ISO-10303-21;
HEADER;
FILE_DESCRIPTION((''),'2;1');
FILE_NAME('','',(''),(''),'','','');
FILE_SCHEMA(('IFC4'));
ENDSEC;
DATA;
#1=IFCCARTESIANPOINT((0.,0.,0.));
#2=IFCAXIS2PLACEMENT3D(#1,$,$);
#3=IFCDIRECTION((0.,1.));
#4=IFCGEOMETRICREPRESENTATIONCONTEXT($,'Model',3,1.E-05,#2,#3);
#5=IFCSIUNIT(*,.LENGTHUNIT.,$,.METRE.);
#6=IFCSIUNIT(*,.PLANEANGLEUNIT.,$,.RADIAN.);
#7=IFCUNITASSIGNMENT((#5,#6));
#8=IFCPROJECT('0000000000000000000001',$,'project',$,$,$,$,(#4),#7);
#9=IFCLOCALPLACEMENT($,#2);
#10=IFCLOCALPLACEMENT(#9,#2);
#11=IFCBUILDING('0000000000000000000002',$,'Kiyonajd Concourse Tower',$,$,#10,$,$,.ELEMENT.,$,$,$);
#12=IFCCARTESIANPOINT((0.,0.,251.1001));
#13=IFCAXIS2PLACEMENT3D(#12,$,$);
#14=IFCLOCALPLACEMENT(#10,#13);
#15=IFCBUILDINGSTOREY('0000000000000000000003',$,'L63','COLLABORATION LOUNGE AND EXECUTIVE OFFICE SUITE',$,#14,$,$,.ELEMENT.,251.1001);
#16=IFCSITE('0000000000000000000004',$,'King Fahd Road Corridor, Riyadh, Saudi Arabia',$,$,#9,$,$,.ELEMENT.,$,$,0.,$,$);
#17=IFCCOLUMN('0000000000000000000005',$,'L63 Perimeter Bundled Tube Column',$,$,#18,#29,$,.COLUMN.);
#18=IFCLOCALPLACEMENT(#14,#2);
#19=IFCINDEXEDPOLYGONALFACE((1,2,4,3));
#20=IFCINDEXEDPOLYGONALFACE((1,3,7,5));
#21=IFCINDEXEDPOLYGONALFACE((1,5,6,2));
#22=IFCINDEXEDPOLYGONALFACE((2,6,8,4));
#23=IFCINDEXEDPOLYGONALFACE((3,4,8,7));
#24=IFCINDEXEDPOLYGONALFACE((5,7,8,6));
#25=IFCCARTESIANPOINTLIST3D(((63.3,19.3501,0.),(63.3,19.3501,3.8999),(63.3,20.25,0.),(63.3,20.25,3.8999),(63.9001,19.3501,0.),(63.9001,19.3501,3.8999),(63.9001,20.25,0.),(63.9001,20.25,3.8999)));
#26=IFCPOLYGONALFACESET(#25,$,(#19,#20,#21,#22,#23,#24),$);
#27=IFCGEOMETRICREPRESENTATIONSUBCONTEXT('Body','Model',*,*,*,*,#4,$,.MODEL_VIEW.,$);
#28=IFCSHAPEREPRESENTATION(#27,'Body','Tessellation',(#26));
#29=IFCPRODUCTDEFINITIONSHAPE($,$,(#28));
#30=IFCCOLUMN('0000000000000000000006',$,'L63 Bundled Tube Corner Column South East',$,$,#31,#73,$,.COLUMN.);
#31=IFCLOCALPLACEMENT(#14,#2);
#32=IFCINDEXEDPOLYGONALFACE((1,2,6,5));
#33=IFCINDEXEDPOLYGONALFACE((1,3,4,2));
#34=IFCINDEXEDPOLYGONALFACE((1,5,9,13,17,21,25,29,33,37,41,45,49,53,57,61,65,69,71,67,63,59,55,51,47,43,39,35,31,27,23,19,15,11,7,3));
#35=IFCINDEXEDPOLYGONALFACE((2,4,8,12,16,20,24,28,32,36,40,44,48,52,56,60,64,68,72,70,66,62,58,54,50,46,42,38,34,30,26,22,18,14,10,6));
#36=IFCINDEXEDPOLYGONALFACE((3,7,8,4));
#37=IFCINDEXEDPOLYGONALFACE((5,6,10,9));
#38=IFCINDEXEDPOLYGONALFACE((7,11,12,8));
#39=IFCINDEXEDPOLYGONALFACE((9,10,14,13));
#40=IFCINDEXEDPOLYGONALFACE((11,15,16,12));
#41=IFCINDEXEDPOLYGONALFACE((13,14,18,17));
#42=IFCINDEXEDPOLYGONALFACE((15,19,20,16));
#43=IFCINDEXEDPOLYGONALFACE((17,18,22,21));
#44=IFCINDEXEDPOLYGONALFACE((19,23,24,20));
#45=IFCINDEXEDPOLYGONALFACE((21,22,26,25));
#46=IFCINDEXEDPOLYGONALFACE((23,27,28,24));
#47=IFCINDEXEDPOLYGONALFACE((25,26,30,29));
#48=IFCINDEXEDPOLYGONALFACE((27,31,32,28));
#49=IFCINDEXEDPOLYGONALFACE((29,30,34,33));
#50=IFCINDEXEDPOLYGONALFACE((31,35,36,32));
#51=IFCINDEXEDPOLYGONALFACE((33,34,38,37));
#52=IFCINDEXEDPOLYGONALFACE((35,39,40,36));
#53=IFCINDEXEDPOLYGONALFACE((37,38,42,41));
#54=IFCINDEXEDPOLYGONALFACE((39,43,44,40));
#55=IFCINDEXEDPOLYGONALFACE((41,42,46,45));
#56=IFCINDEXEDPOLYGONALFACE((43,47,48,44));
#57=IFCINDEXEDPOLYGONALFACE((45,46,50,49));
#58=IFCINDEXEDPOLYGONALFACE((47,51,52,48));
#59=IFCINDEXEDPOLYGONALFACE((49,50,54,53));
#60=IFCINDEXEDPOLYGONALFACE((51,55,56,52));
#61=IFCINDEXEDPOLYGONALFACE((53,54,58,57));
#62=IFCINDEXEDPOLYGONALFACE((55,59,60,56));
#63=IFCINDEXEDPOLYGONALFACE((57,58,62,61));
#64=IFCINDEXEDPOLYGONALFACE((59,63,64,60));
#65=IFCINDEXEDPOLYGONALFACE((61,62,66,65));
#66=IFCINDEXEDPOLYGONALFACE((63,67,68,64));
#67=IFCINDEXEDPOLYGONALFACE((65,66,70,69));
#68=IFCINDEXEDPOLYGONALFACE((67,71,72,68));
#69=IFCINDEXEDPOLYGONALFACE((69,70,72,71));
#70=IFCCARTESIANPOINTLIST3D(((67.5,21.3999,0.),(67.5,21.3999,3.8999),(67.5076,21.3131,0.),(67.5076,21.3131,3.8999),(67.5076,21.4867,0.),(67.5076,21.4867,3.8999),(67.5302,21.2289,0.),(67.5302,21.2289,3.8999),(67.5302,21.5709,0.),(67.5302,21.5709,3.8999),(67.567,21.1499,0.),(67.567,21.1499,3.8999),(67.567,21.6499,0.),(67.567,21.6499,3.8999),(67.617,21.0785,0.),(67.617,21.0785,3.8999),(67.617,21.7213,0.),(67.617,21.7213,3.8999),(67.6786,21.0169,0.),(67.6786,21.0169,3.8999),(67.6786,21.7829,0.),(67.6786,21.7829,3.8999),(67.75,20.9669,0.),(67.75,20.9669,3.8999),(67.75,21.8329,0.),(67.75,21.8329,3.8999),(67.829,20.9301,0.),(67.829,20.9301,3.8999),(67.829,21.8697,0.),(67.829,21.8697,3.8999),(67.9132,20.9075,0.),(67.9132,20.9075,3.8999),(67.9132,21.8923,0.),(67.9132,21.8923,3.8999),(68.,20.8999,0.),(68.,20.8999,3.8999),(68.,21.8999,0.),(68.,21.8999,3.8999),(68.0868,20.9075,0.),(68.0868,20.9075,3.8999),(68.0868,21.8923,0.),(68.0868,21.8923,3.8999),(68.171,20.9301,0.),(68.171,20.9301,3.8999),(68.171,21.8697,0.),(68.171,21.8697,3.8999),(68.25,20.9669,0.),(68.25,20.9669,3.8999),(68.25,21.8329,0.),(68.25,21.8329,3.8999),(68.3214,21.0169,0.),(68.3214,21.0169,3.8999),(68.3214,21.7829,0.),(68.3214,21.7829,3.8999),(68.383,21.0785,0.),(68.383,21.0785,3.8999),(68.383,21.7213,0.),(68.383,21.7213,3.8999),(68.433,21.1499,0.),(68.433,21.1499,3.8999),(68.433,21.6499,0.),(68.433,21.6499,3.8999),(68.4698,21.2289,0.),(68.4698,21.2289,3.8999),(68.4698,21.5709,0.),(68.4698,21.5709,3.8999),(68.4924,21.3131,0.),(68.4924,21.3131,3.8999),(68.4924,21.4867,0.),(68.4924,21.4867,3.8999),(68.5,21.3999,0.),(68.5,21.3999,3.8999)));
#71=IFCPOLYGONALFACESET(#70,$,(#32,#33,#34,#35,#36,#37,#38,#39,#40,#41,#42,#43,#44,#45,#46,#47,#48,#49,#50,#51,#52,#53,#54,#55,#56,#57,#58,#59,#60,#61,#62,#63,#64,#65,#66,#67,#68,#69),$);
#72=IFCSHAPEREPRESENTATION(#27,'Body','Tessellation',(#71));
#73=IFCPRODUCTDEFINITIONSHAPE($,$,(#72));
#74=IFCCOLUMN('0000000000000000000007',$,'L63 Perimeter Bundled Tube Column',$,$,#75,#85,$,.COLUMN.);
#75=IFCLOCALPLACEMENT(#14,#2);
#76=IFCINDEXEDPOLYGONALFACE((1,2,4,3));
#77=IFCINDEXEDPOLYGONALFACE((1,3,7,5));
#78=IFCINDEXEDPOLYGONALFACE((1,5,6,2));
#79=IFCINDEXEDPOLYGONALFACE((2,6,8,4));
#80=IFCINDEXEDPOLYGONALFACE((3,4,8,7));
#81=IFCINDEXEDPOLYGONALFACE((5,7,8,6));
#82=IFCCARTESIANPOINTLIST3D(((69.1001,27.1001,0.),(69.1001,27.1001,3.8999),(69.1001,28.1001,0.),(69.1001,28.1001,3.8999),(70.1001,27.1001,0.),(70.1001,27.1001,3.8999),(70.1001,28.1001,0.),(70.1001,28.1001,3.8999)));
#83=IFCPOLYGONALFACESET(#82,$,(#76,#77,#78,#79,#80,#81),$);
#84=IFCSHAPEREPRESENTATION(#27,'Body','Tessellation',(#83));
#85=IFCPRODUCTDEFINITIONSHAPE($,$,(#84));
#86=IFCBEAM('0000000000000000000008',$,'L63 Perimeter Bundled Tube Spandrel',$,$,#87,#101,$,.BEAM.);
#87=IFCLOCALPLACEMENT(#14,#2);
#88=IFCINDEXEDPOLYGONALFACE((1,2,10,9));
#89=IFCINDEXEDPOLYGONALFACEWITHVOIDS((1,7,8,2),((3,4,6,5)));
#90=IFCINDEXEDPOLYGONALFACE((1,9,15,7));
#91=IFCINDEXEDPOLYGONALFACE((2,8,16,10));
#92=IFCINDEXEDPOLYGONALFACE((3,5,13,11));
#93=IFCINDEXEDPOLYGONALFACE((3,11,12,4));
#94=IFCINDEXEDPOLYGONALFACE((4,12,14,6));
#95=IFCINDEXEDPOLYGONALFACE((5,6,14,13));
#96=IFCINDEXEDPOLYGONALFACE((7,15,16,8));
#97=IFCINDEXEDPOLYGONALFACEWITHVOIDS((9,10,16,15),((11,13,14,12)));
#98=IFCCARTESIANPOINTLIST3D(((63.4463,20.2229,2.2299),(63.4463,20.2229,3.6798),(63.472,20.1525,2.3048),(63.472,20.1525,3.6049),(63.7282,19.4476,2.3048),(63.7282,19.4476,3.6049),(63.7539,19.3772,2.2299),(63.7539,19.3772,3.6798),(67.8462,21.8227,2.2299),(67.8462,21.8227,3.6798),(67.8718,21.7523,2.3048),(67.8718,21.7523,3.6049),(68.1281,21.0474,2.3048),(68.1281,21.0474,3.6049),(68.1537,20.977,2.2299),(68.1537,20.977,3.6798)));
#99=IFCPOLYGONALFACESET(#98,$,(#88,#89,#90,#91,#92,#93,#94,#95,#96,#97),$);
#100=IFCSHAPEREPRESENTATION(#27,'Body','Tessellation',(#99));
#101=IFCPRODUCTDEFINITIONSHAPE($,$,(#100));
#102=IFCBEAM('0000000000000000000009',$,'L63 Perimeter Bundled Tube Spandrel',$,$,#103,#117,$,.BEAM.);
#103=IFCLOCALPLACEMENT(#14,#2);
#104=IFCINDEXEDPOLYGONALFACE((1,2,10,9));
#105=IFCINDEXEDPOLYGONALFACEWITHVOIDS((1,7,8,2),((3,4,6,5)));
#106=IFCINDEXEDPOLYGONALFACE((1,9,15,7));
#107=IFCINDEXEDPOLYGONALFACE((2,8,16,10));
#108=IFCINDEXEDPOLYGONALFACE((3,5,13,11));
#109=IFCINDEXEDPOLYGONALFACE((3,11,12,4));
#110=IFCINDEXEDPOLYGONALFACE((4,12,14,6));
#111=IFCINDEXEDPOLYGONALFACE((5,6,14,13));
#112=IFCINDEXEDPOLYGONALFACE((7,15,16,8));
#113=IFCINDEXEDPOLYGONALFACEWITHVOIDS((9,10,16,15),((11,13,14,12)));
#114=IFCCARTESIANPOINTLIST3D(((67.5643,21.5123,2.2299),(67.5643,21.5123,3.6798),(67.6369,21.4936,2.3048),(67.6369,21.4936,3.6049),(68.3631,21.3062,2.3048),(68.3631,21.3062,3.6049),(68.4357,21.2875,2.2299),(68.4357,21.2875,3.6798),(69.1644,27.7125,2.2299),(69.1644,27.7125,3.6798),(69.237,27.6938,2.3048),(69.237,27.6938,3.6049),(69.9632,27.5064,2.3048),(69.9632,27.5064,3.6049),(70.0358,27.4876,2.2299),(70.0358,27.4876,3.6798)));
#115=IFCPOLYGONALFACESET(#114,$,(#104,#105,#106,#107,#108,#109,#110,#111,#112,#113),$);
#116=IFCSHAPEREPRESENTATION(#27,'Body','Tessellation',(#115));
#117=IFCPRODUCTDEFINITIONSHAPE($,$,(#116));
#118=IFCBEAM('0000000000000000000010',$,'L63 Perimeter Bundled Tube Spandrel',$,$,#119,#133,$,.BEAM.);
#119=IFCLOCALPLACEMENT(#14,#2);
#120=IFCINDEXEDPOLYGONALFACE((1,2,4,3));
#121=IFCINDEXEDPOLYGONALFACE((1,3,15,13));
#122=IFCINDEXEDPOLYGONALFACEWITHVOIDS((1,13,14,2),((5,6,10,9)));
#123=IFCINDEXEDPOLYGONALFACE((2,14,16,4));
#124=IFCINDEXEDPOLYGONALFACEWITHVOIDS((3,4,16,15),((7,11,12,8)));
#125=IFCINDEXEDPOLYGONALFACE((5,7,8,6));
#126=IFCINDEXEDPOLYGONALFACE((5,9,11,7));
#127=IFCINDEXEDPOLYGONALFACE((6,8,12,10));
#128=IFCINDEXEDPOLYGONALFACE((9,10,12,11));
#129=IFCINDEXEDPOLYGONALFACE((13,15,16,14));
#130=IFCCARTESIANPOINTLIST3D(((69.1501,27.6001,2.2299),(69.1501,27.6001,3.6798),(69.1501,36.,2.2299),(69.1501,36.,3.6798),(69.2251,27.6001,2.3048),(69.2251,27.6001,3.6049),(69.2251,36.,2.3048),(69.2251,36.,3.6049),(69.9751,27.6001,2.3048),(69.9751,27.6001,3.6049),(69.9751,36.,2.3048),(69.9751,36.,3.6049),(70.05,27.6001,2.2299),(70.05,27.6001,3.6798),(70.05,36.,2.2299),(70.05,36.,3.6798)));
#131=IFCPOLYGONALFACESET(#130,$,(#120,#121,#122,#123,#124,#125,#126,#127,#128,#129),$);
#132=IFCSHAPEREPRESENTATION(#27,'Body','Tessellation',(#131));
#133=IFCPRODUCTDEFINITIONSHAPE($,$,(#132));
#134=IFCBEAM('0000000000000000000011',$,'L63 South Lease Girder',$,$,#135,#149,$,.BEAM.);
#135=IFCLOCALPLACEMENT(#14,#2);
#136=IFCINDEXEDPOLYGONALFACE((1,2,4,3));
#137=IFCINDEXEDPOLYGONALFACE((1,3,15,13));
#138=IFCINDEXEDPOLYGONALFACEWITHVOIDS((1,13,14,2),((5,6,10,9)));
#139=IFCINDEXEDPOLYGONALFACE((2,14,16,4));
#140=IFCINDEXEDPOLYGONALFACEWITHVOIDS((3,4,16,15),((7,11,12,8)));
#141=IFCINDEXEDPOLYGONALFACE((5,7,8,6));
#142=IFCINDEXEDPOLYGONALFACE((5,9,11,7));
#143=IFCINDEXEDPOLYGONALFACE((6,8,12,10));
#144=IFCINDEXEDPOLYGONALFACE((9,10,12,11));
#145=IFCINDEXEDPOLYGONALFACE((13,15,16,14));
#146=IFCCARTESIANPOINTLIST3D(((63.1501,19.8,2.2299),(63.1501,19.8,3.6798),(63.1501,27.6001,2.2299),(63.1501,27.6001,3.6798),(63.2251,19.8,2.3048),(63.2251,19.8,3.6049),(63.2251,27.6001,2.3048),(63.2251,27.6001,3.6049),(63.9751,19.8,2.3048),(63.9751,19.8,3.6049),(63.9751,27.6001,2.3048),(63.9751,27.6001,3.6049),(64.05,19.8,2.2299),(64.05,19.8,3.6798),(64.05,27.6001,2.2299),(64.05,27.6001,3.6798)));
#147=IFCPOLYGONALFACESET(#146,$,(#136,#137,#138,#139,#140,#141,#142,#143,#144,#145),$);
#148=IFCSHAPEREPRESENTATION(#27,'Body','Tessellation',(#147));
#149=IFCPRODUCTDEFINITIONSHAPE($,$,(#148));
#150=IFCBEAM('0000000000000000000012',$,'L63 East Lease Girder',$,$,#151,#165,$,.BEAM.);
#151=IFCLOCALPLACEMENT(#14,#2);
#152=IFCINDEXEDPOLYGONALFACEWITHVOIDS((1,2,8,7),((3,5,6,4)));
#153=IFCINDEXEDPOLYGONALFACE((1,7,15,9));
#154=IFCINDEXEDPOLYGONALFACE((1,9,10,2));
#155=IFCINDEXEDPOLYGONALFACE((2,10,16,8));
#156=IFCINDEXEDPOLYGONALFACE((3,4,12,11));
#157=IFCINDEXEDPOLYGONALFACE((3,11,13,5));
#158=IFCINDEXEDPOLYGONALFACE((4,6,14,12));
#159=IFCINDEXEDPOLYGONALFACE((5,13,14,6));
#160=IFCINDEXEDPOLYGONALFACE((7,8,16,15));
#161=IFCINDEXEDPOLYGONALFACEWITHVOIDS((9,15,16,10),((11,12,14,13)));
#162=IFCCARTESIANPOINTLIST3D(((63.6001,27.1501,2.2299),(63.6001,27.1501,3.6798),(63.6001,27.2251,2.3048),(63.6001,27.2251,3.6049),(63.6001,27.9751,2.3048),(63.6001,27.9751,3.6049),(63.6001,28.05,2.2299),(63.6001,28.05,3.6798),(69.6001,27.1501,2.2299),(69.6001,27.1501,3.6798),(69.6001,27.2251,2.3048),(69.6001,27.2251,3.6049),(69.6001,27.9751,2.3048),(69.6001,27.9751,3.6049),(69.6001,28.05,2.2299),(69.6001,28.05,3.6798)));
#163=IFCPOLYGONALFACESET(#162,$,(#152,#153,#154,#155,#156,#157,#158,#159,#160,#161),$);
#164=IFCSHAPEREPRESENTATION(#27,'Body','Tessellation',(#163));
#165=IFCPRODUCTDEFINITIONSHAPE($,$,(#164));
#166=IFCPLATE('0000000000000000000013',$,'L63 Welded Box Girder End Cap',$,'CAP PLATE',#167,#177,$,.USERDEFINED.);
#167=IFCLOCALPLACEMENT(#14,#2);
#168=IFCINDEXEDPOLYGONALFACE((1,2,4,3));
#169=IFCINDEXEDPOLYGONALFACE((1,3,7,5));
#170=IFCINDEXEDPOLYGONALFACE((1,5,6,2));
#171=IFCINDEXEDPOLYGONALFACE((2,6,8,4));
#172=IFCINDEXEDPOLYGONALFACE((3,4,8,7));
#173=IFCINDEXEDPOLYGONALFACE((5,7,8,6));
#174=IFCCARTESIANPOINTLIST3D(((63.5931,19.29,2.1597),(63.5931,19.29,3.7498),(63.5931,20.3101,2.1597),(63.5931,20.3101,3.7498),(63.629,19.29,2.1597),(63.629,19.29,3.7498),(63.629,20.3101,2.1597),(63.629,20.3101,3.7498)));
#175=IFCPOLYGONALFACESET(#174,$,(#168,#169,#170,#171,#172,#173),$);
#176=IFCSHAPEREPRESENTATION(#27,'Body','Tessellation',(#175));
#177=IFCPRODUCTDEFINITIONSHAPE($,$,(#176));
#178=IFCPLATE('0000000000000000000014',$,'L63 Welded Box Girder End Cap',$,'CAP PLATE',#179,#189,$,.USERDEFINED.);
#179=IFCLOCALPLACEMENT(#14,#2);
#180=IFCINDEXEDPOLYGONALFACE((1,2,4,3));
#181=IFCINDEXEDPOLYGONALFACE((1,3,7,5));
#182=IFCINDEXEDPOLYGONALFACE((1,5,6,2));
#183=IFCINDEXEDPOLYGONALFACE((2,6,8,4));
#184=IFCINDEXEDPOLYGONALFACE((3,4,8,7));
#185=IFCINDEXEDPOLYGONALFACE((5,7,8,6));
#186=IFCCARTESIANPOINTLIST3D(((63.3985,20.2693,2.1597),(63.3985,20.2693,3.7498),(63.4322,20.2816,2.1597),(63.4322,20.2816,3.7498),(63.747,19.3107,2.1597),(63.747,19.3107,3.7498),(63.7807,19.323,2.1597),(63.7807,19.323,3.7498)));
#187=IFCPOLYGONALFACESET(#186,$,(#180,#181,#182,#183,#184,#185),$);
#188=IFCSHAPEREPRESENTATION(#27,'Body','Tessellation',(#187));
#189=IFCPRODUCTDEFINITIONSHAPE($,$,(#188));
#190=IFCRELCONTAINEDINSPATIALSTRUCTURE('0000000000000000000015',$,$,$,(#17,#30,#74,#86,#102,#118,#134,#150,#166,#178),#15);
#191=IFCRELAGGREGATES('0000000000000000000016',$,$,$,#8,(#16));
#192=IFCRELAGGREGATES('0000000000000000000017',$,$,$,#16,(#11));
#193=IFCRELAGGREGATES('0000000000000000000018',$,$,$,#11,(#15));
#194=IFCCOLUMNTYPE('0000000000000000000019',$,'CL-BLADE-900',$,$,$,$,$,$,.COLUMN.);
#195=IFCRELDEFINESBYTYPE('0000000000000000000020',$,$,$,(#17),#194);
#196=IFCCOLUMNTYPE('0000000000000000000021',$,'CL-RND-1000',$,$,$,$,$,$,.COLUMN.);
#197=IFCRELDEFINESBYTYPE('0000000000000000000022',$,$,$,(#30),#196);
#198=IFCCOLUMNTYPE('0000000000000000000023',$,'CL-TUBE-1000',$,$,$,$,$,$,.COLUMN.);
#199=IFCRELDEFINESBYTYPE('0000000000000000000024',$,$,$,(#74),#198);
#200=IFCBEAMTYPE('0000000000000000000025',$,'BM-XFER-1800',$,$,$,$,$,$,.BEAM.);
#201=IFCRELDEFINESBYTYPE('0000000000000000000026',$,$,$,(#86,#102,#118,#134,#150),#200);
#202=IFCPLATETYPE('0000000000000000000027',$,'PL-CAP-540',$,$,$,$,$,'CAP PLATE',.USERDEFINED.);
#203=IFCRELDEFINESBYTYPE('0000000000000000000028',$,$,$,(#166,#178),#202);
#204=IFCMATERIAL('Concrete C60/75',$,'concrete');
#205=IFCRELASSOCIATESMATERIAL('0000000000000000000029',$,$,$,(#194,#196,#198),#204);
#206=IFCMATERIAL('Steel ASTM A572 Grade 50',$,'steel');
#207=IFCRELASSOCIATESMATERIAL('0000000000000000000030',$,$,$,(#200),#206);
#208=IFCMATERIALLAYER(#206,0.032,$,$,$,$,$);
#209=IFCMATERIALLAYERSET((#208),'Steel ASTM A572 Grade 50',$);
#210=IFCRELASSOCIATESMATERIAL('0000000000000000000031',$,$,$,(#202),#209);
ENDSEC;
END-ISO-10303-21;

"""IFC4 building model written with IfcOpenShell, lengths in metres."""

from ifc_helpers import new_model, si_unit, direction, frame, origin, origin_2d, place, context, subcontext, project, spatial, rectangle, hollow_rectangle, circle, extrude, material, layer, layer_set, material_profile, profile_set, type_object, element, save


model = new_model("IFC4")

# Units and contexts
model_context = context("Model", 3, precision=1e-05, world=origin(), true_north=direction((0.0, 1.0)))
body_context = subcontext(model_context, "Body", "Model", "MODEL_VIEW")
ifc_project = project(units=[si_unit("LENGTHUNIT", "METRE"), si_unit("PLANEANGLEUNIT", "RADIAN")], contexts=[model_context])

# Site, building, storey
site_placement = place(None, origin())
site = spatial("IfcSite", under=ifc_project, at=site_placement, Name="King Fahd Road Corridor, Riyadh, Saudi Arabia", CompositionType="ELEMENT", RefElevation=0.0)
building_placement = place(site_placement, origin())
building = spatial("IfcBuilding", under=site, at=building_placement, Name="Kiyonajd Concourse Tower", CompositionType="ELEMENT")
storey_placement = place(building_placement, frame((0.0, 0.0, 251.1001)))
storey = spatial("IfcBuildingStorey", under=building, at=storey_placement, Name="L63", Description="COLLABORATION LOUNGE AND EXECUTIVE OFFICE SUITE", CompositionType="ELEMENT", Elevation=251.1001)

# Columns
ifc_material_1 = material(Name="Concrete C60/75", Category="concrete")
ifc_material_profile_1 = material_profile(ifc_material_1, rectangle(XDim=0.6001, YDim=0.8999, at=origin_2d()), Name="RC-900x600")
ifc_profile_set_1 = profile_set([ifc_material_profile_1], Name="Concrete C60/75")
column_type_1 = type_object("IfcColumnType", Name="CL-BLADE-900", PredefinedType="COLUMN", material=ifc_profile_set_1)
column_1_placement = place(storey_placement, frame((63.6001, 19.8, 0.0), z_axis=(0.0, 0.0, 1.0), x_axis=(1.0, 0.0, 0.0)))
element("IfcColumn", 1, at=column_1_placement, inside=storey, type_object=column_type_1, Name="L63 Perimeter Bundled Tube Column", PredefinedType="COLUMN", context=body_context, shape_type="SweptSolid", body=[
    extrude(rectangle(XDim=0.6001, YDim=0.8999, at=origin_2d()), origin(), (0.0, 0.0, 1.0), 3.8999),
])
ifc_material_profile_2 = material_profile(ifc_material_1, circle(Radius=0.5, at=origin_2d()), Name="RCC-D1000")
ifc_profile_set_2 = profile_set([ifc_material_profile_2], Name="Concrete C60/75")
column_type_2 = type_object("IfcColumnType", Name="CL-RND-1000", PredefinedType="COLUMN", material=ifc_profile_set_2)
column_2_placement = place(storey_placement, frame((68.0, 21.3999, 0.0), z_axis=(0.0, 0.0, 1.0), x_axis=(1.0, 0.0, 0.0)))
element("IfcColumn", 2, at=column_2_placement, inside=storey, type_object=column_type_2, Name="L63 Bundled Tube Corner Column South East", PredefinedType="COLUMN", context=body_context, shape_type="SweptSolid", body=[
    extrude(circle(Radius=0.5, at=origin_2d()), origin(), (0.0, 0.0, 1.0), 3.8999),
])
ifc_material_profile_3 = material_profile(ifc_material_1, rectangle(XDim=1.0, YDim=1.0, at=origin_2d()), Name="RC-1000x1000")
ifc_profile_set_3 = profile_set([ifc_material_profile_3], Name="Concrete C60/75")
column_type_3 = type_object("IfcColumnType", Name="CL-TUBE-1000", PredefinedType="COLUMN", material=ifc_profile_set_3)
column_3_placement = place(storey_placement, frame((69.6001, 27.6001, 0.0), z_axis=(0.0, 0.0, 1.0), x_axis=(1.0, 0.0, 0.0)))
element("IfcColumn", 3, at=column_3_placement, inside=storey, type_object=column_type_3, Name="L63 Perimeter Bundled Tube Column", PredefinedType="COLUMN", context=body_context, shape_type="SweptSolid", body=[
    extrude(rectangle(XDim=1.0, YDim=1.0, at=origin_2d()), origin(), (0.0, 0.0, 1.0), 3.8999),
])

# Beams
ifc_material_2 = material(Name="Steel ASTM A572 Grade 50", Category="steel")
ifc_material_profile_4 = material_profile(ifc_material_2, hollow_rectangle(XDim=0.8999, YDim=1.45, WallThickness=0.075, at=origin_2d()), Name="BOX-1450x900x75")
ifc_profile_set_4 = profile_set([ifc_material_profile_4], Name="Steel ASTM A572 Grade 50")
beam_type = type_object("IfcBeamType", Name="BM-XFER-1800", PredefinedType="BEAM", material=ifc_profile_set_4)
beam_1_placement = place(storey_placement, frame((63.6001, 19.8, 2.9548), z_axis=(0.939801, 0.341722, 0.0), x_axis=(-0.341722, 0.939801, 0.0)))
element("IfcBeam", 4, at=beam_1_placement, inside=storey, type_object=beam_type, Name="L63 Perimeter Bundled Tube Spandrel", PredefinedType="BEAM", context=body_context, shape_type="SweptSolid", body=[
    extrude(hollow_rectangle(XDim=0.8999, YDim=1.45, WallThickness=0.075, at=origin_2d()), origin(), (0.0, 0.0, 1.0), 4.6816),
])
beam_2_placement = place(storey_placement, frame((68.0, 21.3999, 2.9548), z_axis=(0.249885, 0.968276, 0.0), x_axis=(-0.968276, 0.249885, 0.0)))
element("IfcBeam", 5, at=beam_2_placement, inside=storey, type_object=beam_type, Name="L63 Perimeter Bundled Tube Spandrel", PredefinedType="BEAM", context=body_context, shape_type="SweptSolid", body=[
    extrude(hollow_rectangle(XDim=0.8999, YDim=1.45, WallThickness=0.075, at=origin_2d()), origin(), (0.0, 0.0, 1.0), 6.4033),
])
beam_3_placement = place(storey_placement, frame((69.6001, 27.6001, 2.9548), z_axis=(0.0, 1.0, 0.0), x_axis=(-1.0, 0.0, 0.0)))
element("IfcBeam", 6, at=beam_3_placement, inside=storey, type_object=beam_type, Name="L63 Perimeter Bundled Tube Spandrel", PredefinedType="BEAM", context=body_context, shape_type="SweptSolid", body=[
    extrude(hollow_rectangle(XDim=0.8999, YDim=1.45, WallThickness=0.075, at=origin_2d()), origin(), (0.0, 0.0, 1.0), 8.3999),
])
beam_4_placement = place(storey_placement, frame((63.6001, 19.8, 2.9548), z_axis=(0.0, 1.0, 0.0), x_axis=(-1.0, 0.0, 0.0)))
element("IfcBeam", 7, at=beam_4_placement, inside=storey, type_object=beam_type, Name="L63 South Lease Girder", PredefinedType="BEAM", context=body_context, shape_type="SweptSolid", body=[
    extrude(hollow_rectangle(XDim=0.8999, YDim=1.45, WallThickness=0.075, at=origin_2d()), origin(), (0.0, 0.0, 1.0), 7.8),
])
beam_5_placement = place(storey_placement, frame((63.6001, 27.6001, 2.9548), z_axis=(1.0, 0.0, 0.0), x_axis=(0.0, 1.0, 0.0)))
element("IfcBeam", 8, at=beam_5_placement, inside=storey, type_object=beam_type, Name="L63 East Lease Girder", PredefinedType="BEAM", context=body_context, shape_type="SweptSolid", body=[
    extrude(hollow_rectangle(XDim=0.8999, YDim=1.45, WallThickness=0.075, at=origin_2d()), origin(), (0.0, 0.0, 1.0), 6.0),
])

# Plates
ifc_layer_1 = layer(ifc_material_2, 0.032)
ifc_layer_set_1 = layer_set([ifc_layer_1], Name="Steel ASTM A572 Grade 50")
plate_type = type_object("IfcPlateType", Name="PL-CAP-540", ElementType="CAP PLATE", PredefinedType="USERDEFINED", material=ifc_layer_set_1)
for number, where, z_axis, x_axis, name in (
    (9, (63.6111, 19.8, 2.1597), (0.0, 0.0, 1.0), (1.0, 0.0, 0.0), "L63 Welded Box Girder End Cap"),
    (10, (63.5896, 19.7961, 2.1597), (0.0, 0.0, 1.0), (-0.939812, -0.341692, 0.0), "L63 Welded Box Girder End Cap"),
):
    element("IfcPlate", number, at=place(storey_placement, frame(where, z_axis=z_axis, x_axis=x_axis)), inside=storey, type_object=plate_type, Name=name, ObjectType="CAP PLATE", PredefinedType="USERDEFINED", context=body_context, shape_type="SweptSolid", body=[
        extrude(rectangle(XDim=0.0359, YDim=1.02, at=origin_2d()), origin(), (0.0, 0.0, 1.0), 1.5901),
    ])

save(model, "model.ifc")
